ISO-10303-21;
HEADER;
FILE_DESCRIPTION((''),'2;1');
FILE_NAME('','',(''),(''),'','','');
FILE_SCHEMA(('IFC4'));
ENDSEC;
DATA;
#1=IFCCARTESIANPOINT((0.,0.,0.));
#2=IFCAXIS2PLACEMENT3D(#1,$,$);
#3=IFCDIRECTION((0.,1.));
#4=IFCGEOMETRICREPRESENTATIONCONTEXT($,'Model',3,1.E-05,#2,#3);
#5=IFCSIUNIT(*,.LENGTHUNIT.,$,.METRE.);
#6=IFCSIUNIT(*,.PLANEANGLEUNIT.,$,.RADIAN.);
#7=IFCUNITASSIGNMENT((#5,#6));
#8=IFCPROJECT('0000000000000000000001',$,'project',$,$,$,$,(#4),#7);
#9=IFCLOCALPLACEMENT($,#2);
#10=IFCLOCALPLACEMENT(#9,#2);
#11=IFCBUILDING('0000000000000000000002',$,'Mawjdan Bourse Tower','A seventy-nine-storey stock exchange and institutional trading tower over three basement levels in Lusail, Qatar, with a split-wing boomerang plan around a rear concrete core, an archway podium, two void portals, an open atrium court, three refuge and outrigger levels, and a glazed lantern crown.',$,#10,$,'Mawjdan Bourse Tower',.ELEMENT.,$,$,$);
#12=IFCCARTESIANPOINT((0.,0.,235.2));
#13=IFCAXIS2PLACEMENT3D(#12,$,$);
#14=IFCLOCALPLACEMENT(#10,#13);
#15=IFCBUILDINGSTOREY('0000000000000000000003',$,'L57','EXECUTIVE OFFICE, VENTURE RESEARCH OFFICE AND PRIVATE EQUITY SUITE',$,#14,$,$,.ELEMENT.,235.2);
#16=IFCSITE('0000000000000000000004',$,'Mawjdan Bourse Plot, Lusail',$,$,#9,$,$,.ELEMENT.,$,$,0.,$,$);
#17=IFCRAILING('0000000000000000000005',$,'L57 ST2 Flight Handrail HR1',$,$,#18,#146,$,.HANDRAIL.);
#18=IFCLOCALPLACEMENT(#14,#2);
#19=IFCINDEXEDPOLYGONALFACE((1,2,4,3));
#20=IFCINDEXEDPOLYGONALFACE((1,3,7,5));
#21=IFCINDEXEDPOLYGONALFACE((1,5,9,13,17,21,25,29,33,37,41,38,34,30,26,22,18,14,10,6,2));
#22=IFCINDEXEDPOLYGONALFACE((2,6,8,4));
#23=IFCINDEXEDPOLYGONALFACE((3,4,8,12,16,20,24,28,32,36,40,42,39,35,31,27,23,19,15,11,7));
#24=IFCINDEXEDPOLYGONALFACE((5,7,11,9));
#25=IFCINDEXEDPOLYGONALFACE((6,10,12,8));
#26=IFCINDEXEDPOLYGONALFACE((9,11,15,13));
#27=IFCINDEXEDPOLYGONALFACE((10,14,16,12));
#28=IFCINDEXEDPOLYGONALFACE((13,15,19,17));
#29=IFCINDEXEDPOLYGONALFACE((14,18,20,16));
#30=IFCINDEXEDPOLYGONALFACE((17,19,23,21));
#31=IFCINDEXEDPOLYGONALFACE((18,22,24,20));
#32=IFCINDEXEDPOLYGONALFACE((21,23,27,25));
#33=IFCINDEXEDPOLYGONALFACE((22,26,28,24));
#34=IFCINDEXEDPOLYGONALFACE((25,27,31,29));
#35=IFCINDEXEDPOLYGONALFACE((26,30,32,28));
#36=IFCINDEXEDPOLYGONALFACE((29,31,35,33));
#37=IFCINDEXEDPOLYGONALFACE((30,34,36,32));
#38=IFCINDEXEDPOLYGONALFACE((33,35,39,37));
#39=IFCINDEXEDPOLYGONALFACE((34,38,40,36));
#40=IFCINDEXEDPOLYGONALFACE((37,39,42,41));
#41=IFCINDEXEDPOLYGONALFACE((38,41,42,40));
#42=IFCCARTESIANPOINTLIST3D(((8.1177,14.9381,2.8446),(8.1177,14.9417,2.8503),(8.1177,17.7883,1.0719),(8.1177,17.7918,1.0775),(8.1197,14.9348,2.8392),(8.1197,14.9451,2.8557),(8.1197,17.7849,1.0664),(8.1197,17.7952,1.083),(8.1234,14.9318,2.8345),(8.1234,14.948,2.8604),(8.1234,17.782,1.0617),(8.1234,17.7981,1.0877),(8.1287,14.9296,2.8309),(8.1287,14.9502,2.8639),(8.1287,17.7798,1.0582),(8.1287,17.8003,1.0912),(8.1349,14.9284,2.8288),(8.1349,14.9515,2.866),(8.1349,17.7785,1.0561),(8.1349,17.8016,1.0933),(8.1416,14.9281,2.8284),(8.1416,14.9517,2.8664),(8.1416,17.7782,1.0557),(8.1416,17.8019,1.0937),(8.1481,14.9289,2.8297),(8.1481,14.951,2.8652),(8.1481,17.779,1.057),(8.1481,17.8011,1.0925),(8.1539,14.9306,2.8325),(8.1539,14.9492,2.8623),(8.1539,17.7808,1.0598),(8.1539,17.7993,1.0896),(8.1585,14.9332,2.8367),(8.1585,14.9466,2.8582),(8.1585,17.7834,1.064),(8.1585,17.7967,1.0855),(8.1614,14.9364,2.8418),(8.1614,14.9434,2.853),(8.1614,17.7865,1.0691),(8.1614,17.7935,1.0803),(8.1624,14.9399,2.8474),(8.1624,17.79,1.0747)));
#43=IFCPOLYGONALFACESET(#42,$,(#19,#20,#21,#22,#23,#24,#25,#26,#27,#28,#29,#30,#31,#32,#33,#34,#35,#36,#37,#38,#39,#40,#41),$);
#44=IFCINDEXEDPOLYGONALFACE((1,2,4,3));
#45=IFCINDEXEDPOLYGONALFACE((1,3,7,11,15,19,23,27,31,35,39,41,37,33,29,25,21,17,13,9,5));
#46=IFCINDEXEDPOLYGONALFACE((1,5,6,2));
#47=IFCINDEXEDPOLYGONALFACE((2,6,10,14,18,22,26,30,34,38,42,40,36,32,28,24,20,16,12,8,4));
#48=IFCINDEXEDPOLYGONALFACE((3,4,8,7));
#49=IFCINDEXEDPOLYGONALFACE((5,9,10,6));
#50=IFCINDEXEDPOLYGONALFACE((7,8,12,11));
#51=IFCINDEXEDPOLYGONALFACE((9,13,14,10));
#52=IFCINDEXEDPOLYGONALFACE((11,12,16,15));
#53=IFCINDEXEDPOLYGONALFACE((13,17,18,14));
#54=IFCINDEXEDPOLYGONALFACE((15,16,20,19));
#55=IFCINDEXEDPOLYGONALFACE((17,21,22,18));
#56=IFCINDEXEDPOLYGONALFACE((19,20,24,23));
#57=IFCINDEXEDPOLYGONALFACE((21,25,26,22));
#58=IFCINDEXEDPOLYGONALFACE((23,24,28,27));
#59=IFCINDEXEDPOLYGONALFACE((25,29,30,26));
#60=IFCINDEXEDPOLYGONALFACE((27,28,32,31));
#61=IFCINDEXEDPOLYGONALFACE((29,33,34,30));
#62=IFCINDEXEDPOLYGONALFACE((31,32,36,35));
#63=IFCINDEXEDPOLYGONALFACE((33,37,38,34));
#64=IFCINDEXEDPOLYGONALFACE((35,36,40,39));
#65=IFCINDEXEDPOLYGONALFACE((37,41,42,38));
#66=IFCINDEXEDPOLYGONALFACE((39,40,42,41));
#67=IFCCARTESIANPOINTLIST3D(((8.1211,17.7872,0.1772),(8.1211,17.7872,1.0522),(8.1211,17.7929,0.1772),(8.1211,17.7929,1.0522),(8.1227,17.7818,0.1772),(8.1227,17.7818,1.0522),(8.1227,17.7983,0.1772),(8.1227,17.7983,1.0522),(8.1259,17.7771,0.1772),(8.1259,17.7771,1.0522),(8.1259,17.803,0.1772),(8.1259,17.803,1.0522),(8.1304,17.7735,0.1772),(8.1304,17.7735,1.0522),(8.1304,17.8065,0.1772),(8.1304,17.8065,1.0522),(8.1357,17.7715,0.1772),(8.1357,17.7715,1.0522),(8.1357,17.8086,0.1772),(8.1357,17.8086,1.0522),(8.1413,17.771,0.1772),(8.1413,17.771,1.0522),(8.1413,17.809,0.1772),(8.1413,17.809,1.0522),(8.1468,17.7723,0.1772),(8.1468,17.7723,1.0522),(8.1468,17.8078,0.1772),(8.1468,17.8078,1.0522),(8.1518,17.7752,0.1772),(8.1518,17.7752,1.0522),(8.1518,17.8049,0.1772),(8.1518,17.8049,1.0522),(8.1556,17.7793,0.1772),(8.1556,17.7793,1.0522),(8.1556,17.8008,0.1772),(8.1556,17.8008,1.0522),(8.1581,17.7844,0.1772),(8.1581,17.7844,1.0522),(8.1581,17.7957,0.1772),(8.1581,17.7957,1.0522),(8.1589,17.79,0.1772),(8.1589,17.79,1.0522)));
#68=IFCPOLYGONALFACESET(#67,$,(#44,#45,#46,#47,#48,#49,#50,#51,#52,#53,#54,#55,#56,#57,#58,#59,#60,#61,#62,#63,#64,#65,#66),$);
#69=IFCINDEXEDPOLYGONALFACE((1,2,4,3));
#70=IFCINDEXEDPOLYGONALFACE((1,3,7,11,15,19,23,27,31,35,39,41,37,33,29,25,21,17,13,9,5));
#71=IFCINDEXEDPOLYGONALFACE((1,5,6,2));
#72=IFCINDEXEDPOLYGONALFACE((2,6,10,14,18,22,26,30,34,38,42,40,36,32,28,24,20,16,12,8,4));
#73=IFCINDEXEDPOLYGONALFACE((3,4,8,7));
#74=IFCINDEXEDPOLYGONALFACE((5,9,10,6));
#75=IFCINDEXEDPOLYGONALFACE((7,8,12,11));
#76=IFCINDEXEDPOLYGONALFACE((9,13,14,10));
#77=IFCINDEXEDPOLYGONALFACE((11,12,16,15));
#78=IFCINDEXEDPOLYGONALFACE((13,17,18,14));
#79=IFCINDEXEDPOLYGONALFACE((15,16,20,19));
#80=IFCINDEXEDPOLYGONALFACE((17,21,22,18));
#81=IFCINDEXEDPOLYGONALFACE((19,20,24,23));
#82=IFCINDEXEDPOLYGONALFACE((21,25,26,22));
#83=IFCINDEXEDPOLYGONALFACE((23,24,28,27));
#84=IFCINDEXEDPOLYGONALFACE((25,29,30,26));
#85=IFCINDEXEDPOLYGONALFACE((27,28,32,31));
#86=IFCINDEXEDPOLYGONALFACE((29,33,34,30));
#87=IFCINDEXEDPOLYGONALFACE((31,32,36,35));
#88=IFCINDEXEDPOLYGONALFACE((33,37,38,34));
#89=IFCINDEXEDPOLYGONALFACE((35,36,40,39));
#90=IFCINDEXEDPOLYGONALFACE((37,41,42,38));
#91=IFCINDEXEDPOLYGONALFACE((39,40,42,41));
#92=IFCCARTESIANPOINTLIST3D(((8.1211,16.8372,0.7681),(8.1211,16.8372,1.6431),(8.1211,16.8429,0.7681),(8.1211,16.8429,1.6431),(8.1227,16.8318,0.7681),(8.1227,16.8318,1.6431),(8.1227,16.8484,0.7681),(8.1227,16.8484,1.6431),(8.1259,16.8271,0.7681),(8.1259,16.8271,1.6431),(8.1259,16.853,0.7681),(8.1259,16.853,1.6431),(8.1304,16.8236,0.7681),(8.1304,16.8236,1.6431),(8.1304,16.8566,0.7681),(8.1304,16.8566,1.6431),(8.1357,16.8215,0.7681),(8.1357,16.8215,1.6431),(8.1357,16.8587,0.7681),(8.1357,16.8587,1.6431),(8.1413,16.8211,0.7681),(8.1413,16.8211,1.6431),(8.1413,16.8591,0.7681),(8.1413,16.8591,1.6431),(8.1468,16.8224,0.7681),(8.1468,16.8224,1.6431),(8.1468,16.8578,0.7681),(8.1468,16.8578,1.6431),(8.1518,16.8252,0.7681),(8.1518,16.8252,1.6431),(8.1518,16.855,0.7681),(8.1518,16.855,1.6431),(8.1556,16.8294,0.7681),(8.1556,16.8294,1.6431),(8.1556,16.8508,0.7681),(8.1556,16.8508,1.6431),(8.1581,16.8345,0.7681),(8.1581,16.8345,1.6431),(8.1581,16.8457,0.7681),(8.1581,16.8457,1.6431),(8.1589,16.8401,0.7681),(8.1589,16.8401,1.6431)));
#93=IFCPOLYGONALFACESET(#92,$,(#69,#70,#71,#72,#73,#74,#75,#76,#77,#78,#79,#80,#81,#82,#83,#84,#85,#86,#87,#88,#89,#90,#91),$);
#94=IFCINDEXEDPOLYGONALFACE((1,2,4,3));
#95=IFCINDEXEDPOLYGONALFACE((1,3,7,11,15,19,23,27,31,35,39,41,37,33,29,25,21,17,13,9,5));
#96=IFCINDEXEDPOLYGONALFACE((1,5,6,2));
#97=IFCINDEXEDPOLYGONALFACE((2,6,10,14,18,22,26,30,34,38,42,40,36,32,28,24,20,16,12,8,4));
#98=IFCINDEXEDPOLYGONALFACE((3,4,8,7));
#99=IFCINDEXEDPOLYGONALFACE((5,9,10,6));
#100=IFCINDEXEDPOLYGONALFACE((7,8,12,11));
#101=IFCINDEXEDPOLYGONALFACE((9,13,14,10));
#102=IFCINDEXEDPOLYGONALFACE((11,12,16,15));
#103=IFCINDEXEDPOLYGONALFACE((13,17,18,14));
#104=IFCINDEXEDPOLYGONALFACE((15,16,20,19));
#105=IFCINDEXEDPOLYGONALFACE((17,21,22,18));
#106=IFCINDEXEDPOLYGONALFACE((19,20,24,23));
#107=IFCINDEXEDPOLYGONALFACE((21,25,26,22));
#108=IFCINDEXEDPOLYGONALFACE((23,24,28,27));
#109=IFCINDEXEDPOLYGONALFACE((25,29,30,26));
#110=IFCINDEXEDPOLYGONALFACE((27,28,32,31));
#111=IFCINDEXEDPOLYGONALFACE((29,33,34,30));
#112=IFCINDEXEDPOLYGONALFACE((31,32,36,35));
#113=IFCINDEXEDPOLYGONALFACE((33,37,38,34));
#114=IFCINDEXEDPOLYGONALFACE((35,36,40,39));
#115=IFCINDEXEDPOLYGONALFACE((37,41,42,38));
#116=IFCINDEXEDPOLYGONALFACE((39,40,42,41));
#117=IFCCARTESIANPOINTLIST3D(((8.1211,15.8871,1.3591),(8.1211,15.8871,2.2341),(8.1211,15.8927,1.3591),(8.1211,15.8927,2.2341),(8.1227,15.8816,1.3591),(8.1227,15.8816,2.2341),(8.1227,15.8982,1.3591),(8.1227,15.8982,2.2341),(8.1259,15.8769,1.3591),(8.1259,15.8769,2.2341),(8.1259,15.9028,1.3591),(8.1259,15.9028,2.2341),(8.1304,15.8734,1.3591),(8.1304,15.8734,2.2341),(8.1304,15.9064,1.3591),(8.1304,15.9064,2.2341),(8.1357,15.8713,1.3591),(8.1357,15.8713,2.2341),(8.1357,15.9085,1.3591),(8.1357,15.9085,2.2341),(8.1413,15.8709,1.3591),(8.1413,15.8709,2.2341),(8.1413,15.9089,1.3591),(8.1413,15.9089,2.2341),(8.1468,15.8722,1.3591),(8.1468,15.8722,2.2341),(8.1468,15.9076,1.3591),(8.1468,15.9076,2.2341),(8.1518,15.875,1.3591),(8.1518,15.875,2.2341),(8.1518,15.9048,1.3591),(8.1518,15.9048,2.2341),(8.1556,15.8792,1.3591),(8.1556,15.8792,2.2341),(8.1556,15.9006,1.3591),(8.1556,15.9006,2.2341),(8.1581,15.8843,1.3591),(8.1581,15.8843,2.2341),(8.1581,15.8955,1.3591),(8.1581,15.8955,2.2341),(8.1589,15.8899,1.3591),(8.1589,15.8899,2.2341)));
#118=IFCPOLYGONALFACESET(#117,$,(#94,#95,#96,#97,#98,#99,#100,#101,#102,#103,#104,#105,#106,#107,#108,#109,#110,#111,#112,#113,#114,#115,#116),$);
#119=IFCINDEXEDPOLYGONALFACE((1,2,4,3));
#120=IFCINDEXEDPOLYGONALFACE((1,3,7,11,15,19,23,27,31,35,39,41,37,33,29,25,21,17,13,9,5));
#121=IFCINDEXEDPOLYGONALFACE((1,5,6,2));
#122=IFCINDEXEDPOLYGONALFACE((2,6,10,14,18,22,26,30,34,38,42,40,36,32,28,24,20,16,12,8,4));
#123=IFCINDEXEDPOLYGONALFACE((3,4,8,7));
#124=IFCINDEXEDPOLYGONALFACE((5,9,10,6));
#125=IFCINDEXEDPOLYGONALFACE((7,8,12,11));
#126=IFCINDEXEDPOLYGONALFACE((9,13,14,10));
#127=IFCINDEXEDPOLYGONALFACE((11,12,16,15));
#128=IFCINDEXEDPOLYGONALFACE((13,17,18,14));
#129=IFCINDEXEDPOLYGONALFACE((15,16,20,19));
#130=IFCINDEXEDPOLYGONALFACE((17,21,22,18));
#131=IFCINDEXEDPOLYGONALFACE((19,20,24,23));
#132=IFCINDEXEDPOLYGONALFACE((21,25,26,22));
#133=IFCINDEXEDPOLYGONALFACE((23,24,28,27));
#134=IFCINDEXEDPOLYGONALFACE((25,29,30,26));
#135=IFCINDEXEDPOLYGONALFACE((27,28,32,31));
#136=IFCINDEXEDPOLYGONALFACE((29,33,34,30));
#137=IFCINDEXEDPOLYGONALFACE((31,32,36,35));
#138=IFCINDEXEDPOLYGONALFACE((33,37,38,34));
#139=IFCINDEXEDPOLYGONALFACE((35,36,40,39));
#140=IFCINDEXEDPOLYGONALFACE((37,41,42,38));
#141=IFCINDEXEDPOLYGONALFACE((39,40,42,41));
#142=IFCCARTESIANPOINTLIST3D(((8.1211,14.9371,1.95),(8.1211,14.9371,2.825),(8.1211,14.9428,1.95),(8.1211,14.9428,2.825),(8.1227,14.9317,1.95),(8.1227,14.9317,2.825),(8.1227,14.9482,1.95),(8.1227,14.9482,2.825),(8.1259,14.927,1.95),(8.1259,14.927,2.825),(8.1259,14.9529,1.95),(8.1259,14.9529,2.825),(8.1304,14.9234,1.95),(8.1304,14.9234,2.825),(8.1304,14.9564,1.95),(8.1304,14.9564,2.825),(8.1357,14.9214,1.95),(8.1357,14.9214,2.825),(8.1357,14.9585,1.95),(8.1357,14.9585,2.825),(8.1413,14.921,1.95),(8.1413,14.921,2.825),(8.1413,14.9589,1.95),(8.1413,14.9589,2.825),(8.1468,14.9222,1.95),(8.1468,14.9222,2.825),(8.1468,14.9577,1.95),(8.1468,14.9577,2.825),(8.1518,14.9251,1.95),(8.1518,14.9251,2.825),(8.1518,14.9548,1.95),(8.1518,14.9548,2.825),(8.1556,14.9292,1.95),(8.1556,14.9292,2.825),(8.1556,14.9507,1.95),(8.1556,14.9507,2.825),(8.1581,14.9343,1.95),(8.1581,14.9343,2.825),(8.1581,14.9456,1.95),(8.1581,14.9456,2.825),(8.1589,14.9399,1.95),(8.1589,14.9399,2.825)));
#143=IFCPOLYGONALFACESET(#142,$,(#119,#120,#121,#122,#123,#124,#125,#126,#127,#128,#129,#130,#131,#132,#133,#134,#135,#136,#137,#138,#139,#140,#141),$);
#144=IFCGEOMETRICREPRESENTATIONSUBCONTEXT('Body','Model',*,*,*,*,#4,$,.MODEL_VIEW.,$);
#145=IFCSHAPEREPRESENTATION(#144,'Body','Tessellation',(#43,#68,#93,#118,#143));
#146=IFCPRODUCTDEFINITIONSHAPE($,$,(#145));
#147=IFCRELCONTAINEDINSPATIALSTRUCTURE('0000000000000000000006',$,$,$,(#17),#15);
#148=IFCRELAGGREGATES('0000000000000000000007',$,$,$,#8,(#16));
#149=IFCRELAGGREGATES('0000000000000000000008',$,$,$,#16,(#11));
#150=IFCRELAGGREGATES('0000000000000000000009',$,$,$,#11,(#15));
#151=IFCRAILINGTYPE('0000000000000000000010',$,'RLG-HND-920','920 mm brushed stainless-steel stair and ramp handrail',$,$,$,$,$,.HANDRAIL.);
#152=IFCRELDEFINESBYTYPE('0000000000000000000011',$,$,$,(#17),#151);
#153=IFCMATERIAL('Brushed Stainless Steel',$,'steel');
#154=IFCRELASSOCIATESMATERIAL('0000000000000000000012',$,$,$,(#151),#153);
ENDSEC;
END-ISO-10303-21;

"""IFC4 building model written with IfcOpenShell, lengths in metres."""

from ifc_helpers import new_model, si_unit, direction, frame, origin, origin_2d, place, context, subcontext, project, spatial, circle, extrude, material, type_object, element, save


model = new_model("IFC4")

# Units and contexts
model_context = context("Model", 3, precision=1e-05, world=origin(), true_north=direction((0.0, 1.0)))
body_context = subcontext(model_context, "Body", "Model", "MODEL_VIEW")
ifc_project = project(units=[si_unit("LENGTHUNIT", "METRE"), si_unit("PLANEANGLEUNIT", "RADIAN")], contexts=[model_context])

# Site, building, storey
site_placement = place(None, origin())
site = spatial("IfcSite", under=ifc_project, at=site_placement, Name="Mawjdan Bourse Plot, Lusail", CompositionType="ELEMENT", RefElevation=0.0)
building_placement = place(site_placement, origin())
building = spatial("IfcBuilding", under=site, at=building_placement, Name="Mawjdan Bourse Tower", Description="A seventy-nine-storey stock exchange and institutional trading tower over three basement levels in Lusail, Qatar, with a split-wing boomerang plan around a rear concrete core, an archway podium, two void portals, an open atrium court, three refuge and outrigger levels, and a glazed lantern crown.", LongName="Mawjdan Bourse Tower", CompositionType="ELEMENT")
storey_placement = place(building_placement, frame((0.0, 0.0, 235.2)))
storey = spatial("IfcBuildingStorey", under=building, at=storey_placement, Name="L57", Description="EXECUTIVE OFFICE, VENTURE RESEARCH OFFICE AND PRIVATE EQUITY SUITE", CompositionType="ELEMENT", Elevation=235.2)

# Railing
ifc_material_1 = material(Name="Brushed Stainless Steel", Category="steel")
railing_type_1 = type_object("IfcRailingType", Name="RLG-HND-920", Description="920 mm brushed stainless-steel stair and ramp handrail", PredefinedType="HANDRAIL", material=ifc_material_1)
railing_1_placement = place(storey_placement, frame((8.1399, 17.79, 0.1772)))
element("IfcRailing", 1, at=railing_1_placement, inside=storey, type_object=railing_type_1, Name="L57 ST2 Flight Handrail HR1", PredefinedType="HANDRAIL", context=body_context, shape_type="SweptSolid", body=[
    extrude(circle(Radius=0.0225, at=origin_2d()), frame((0.0, 0.0, 0.8975), z_axis=(0.0, -0.849149, 0.528154), x_axis=(1.0, 0.0, 0.0)), (0.0, 0.0, 1.0), 3.3564),
    extrude(circle(Radius=0.019, at=origin_2d()), origin(), (0.0, 0.0, 1.0), 0.875),
    extrude(circle(Radius=0.019, at=origin_2d()), frame((0.0, -0.95, 0.5908)), (0.0, 0.0, 1.0), 0.875),
    extrude(circle(Radius=0.019, at=origin_2d()), frame((0.0, -1.9001, 1.1819)), (0.0, 0.0, 1.0), 0.875),
    extrude(circle(Radius=0.019, at=origin_2d()), frame((0.0, -2.8501, 1.7727)), (0.0, 0.0, 1.0), 0.875),
])

save(model, "model.ifc")
